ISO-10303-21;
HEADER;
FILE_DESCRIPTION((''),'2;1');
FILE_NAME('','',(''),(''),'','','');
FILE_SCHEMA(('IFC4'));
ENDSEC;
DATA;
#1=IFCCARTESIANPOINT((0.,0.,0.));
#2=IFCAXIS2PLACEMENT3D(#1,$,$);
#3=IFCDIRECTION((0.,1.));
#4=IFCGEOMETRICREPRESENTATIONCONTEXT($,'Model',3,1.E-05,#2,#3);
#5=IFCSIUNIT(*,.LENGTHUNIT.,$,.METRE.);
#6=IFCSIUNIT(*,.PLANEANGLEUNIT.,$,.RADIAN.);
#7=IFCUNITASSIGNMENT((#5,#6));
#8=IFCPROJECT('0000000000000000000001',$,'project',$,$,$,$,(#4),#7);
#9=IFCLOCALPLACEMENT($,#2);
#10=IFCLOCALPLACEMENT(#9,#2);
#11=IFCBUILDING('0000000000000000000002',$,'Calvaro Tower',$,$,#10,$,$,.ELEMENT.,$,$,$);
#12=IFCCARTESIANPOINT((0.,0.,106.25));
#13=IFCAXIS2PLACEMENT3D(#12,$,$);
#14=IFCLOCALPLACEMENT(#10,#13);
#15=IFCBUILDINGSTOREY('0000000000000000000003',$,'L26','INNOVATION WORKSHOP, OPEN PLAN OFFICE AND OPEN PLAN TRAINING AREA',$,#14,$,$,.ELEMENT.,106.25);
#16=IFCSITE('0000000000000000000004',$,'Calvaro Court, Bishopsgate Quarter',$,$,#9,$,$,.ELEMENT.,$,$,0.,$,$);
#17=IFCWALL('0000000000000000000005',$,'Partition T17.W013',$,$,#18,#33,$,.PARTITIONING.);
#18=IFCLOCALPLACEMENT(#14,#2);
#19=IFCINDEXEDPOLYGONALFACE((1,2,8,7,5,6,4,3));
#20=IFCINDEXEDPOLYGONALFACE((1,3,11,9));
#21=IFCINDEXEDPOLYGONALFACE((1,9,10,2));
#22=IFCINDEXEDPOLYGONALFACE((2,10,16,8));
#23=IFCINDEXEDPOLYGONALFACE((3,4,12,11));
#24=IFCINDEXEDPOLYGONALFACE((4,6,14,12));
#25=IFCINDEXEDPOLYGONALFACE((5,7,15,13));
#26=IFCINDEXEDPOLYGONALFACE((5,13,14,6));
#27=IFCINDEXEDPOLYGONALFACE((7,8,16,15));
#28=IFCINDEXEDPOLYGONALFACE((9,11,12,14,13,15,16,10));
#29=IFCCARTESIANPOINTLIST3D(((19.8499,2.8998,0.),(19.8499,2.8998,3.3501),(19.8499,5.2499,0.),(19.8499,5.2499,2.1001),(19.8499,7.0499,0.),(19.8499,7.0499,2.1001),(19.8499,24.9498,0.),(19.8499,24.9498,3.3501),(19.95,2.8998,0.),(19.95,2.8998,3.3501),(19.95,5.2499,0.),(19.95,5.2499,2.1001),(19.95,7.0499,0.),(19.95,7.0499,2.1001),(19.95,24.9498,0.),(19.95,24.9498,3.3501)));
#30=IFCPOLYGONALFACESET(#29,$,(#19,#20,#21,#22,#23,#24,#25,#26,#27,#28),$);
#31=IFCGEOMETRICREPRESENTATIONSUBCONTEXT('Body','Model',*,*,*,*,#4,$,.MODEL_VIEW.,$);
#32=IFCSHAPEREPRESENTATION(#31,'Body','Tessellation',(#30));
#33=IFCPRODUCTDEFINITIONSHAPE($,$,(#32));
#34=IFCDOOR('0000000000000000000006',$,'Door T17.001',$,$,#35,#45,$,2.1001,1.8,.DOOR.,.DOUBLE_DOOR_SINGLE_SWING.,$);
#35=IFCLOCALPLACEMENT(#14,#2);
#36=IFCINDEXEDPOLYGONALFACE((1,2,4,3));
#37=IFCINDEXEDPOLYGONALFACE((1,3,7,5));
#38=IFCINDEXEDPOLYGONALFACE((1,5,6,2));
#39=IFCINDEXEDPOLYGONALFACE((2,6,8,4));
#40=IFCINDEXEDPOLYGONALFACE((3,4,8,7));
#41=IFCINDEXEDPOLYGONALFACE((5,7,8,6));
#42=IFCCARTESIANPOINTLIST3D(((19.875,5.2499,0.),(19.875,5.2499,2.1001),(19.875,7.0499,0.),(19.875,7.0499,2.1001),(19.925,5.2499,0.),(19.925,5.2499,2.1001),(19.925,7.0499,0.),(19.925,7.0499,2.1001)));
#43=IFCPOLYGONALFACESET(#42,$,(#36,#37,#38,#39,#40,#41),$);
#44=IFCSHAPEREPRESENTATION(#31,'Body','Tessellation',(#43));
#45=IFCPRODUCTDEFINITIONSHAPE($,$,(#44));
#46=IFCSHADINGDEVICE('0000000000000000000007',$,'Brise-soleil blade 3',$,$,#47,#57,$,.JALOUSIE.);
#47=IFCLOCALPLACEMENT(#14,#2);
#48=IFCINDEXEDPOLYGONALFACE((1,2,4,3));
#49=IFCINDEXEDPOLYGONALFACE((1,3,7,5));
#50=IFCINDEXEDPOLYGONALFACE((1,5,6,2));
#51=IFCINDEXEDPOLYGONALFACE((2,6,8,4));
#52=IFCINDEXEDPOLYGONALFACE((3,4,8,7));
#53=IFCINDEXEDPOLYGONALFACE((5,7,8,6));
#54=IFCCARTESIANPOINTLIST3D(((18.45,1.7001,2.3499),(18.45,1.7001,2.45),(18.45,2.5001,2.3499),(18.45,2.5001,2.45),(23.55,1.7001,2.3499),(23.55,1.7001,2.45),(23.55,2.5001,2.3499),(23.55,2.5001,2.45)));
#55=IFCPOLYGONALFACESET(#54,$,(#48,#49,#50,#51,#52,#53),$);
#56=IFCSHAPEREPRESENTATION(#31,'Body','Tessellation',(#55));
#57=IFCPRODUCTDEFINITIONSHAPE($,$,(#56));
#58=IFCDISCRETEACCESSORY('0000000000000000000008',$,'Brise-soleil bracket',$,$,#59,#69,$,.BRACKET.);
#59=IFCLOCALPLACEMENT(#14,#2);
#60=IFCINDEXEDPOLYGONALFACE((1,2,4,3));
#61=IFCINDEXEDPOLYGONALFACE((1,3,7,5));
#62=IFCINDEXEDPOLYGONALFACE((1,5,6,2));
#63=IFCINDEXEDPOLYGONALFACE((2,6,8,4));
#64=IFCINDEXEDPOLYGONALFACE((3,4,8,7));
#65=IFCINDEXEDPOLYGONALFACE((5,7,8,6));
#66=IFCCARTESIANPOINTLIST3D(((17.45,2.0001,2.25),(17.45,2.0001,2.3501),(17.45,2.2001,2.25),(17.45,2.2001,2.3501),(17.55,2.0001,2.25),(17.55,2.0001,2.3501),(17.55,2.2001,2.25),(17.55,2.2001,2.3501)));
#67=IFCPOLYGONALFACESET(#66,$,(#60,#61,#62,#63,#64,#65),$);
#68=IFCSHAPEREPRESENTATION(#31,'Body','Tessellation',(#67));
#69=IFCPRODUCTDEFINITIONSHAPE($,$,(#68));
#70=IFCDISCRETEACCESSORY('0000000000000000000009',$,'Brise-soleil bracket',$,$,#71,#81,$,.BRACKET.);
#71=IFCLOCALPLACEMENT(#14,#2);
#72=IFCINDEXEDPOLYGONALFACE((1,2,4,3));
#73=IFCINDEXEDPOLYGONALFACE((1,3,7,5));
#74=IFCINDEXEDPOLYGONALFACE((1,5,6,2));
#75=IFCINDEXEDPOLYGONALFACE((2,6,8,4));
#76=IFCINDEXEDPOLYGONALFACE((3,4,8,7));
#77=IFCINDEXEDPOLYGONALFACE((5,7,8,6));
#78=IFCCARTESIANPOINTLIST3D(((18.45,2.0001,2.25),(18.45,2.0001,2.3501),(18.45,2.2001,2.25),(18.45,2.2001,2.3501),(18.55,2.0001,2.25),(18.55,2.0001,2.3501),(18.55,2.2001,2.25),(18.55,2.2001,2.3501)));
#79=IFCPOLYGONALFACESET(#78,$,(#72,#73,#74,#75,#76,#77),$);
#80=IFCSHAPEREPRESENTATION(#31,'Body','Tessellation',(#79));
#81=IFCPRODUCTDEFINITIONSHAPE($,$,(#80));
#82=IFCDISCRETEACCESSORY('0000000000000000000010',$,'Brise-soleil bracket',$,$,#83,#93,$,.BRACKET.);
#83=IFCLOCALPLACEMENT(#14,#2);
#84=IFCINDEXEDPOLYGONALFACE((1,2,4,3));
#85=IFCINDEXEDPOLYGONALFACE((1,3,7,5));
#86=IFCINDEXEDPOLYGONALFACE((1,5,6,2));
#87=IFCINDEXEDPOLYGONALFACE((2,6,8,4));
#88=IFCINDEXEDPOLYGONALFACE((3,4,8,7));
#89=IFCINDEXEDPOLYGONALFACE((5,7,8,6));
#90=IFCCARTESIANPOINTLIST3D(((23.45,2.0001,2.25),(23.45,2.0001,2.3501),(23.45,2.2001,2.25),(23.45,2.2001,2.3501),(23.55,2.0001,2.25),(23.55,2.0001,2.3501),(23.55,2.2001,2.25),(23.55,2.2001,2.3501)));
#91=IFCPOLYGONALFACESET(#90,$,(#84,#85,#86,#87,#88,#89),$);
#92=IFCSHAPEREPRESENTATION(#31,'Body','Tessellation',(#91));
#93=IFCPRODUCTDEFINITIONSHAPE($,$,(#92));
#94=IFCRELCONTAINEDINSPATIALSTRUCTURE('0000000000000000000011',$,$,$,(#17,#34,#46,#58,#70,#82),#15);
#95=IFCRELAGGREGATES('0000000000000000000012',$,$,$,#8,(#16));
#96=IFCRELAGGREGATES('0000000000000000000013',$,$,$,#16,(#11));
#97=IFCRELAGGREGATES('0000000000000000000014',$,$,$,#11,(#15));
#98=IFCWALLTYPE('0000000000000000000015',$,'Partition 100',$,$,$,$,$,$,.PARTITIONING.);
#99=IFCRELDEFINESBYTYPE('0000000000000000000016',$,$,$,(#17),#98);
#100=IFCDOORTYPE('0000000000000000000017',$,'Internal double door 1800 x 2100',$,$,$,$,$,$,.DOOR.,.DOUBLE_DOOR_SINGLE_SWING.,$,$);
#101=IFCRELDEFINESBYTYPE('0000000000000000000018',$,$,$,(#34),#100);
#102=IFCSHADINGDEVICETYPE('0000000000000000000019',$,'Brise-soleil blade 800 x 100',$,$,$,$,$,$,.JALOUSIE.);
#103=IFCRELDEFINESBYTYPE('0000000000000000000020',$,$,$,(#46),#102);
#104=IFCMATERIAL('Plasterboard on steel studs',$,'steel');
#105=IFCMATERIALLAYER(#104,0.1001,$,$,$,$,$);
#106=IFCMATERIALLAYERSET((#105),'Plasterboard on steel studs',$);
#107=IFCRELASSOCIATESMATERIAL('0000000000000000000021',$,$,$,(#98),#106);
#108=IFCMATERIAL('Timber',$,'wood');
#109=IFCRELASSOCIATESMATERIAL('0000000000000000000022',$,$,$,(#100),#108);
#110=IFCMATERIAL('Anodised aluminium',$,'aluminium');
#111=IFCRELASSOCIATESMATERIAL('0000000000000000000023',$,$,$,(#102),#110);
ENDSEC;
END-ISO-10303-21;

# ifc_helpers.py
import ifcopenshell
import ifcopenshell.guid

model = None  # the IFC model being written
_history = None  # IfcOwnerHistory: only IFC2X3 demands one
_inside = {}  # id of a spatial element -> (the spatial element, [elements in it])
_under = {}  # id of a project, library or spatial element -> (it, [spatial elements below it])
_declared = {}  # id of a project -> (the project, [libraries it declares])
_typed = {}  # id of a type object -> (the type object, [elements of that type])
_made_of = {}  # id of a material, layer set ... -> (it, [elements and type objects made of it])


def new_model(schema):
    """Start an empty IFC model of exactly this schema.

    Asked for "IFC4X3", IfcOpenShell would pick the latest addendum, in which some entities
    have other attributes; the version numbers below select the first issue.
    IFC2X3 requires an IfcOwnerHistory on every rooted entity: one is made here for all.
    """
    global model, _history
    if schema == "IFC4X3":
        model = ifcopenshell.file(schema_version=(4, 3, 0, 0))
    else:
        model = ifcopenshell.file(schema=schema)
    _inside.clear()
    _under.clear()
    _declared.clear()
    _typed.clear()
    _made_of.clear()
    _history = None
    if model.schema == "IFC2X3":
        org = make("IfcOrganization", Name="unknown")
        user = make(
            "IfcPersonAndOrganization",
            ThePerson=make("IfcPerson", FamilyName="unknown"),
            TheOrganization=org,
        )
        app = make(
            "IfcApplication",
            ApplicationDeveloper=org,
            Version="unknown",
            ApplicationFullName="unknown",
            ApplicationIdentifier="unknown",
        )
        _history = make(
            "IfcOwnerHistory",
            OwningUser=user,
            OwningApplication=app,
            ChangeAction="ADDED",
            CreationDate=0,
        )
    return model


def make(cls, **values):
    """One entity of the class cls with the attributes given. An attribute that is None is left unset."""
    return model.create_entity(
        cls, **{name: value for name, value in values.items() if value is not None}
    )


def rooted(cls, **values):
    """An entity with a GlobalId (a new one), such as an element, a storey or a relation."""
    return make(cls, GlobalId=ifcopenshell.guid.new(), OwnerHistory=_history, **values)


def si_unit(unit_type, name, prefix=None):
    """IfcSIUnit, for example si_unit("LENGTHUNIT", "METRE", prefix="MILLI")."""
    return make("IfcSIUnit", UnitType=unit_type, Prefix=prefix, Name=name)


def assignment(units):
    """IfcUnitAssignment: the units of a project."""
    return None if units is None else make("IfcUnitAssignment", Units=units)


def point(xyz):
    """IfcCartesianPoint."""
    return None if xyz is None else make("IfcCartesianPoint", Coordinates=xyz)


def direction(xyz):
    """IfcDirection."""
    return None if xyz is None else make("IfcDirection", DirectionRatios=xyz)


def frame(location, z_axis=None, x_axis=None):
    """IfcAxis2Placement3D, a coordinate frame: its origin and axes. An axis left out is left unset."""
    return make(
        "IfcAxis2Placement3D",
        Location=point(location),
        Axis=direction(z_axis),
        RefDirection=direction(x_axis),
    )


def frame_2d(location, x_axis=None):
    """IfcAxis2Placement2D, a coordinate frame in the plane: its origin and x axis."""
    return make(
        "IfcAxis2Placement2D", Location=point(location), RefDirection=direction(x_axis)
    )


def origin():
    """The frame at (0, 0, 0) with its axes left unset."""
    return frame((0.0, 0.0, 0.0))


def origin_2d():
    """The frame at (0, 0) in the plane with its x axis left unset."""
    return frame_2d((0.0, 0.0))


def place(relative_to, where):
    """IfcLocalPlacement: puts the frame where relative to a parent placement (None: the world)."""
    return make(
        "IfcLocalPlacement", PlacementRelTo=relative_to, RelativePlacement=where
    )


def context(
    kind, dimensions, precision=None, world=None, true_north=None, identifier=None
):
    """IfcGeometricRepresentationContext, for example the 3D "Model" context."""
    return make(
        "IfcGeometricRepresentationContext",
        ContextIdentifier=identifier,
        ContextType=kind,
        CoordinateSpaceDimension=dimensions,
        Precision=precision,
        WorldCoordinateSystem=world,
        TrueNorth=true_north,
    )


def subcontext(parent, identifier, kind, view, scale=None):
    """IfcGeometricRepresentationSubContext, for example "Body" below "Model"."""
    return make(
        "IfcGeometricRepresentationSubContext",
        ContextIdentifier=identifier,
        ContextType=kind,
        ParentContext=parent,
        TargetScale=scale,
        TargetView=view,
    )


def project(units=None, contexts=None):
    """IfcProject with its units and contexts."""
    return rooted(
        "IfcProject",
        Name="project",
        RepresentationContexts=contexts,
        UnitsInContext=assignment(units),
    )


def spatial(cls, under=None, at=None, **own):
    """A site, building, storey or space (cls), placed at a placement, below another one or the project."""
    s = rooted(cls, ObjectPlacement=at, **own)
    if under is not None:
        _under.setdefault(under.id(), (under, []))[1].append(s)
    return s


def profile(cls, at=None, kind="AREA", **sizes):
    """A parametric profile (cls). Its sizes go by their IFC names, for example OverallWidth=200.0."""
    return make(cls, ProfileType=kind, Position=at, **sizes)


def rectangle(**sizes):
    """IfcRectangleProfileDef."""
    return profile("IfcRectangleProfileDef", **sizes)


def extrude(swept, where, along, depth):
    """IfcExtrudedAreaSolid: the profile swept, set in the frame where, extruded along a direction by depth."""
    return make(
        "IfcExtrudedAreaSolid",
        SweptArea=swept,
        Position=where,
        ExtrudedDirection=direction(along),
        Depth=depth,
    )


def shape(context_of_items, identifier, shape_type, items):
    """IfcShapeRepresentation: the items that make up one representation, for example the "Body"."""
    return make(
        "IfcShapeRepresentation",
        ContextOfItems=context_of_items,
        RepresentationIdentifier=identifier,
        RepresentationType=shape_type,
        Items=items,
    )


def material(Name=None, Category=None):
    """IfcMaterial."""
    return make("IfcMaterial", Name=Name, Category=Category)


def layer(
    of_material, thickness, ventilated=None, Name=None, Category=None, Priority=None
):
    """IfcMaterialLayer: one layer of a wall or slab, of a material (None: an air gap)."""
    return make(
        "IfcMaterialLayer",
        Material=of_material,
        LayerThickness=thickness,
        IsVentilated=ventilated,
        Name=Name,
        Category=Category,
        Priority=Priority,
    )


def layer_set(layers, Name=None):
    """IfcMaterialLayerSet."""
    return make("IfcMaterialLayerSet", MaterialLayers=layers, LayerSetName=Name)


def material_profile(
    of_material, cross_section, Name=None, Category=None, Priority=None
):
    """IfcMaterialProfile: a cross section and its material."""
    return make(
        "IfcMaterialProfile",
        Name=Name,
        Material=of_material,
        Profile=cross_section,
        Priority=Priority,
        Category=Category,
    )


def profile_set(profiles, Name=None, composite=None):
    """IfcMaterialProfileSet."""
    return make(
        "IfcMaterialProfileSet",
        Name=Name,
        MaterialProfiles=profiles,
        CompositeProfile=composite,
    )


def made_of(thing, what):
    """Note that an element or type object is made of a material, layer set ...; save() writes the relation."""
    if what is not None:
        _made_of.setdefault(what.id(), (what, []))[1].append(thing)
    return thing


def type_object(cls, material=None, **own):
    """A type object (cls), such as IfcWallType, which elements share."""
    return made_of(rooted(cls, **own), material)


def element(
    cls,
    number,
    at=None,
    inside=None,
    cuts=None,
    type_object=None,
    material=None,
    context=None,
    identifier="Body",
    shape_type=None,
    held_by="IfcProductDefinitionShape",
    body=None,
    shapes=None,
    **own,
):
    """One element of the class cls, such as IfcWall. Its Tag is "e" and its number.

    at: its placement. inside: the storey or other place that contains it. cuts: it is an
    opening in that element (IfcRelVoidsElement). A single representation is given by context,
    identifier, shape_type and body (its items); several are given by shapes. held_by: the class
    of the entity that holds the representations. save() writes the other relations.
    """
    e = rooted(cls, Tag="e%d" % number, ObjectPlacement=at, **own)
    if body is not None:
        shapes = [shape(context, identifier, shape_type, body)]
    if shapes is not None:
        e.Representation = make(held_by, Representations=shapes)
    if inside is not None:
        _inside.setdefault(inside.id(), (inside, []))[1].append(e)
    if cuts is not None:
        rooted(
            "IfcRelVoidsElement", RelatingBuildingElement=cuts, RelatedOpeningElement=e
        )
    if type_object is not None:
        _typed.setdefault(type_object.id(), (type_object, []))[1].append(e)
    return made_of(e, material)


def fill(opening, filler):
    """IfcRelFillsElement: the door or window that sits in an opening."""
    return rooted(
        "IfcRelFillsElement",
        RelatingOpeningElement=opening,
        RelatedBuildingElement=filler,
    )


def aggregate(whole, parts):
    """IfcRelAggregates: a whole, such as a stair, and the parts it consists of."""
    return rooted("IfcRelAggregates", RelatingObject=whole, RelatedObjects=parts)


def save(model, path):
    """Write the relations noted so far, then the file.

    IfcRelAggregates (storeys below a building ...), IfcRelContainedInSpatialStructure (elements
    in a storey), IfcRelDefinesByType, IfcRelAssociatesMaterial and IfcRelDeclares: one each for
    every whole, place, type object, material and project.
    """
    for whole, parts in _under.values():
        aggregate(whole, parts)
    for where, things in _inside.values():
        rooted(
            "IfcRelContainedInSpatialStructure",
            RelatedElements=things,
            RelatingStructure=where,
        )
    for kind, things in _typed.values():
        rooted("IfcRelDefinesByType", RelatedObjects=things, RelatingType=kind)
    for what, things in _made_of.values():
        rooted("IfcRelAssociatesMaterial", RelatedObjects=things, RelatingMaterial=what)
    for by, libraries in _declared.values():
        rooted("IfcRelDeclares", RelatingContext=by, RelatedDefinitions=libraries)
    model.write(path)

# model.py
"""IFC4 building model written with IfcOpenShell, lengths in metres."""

from ifc_helpers import new_model, si_unit, direction, frame, frame_2d, origin, origin_2d, place, context, subcontext, project, spatial, rectangle, extrude, material, layer, layer_set, material_profile, profile_set, type_object, element, fill, save


model = new_model("IFC4")

# Units and contexts
model_context = context("Model", 3, precision=1e-05, world=origin(), true_north=direction((0.0, 1.0)))
body_context = subcontext(model_context, "Body", "Model", "MODEL_VIEW")
ifc_project = project(units=[si_unit("LENGTHUNIT", "METRE"), si_unit("PLANEANGLEUNIT", "RADIAN")], contexts=[model_context])

# Site, building, storey
site_placement = place(None, origin())
site = spatial("IfcSite", under=ifc_project, at=site_placement, Name="Calvaro Court, Bishopsgate Quarter", CompositionType="ELEMENT", RefElevation=0.0)
building_placement = place(site_placement, origin())
building = spatial("IfcBuilding", under=site, at=building_placement, Name="Calvaro Tower", CompositionType="ELEMENT")
storey_placement = place(building_placement, frame((0.0, 0.0, 106.25)))
storey = spatial("IfcBuildingStorey", under=building, at=storey_placement, Name="L26", Description="INNOVATION WORKSHOP, OPEN PLAN OFFICE AND OPEN PLAN TRAINING AREA", CompositionType="ELEMENT", Elevation=106.25)

# Wall, opening, door
ifc_material_1 = material(Name="Plasterboard on steel studs", Category="steel")
ifc_layer_1 = layer(ifc_material_1, 0.1001)
ifc_layer_set_1 = layer_set([ifc_layer_1], Name="Plasterboard on steel studs")
wall_type = type_object("IfcWallType", Name="Partition 100", PredefinedType="PARTITIONING", material=ifc_layer_set_1)
wall_placement = place(storey_placement, frame((19.8999, 2.8999, 0.0), z_axis=(0.0, 0.0, 1.0), x_axis=(0.0, 1.0, 0.0)))
wall = element("IfcWall", 1, at=wall_placement, inside=storey, type_object=wall_type, Name="Partition T17.W013", PredefinedType="PARTITIONING", context=body_context, shape_type="SweptSolid", body=[
    extrude(rectangle(XDim=22.05, YDim=0.1001, at=frame_2d((11.0249, 0.0))), origin(), (0.0, 0.0, 1.0), 3.3501),
])
opening_placement = place(wall_placement, frame((2.3501, 0.0, 0.0)))
opening = element("IfcOpeningElement", 2, at=opening_placement, cuts=wall, PredefinedType="OPENING", context=body_context, shape_type="SweptSolid", body=[
    extrude(rectangle(XDim=1.8, YDim=2.1001, at=frame_2d((0.8999, 1.05))), frame((0.0, 0.0601, 0.0), z_axis=(0.0, -1.0, 0.0), x_axis=(1.0, 0.0, 0.0)), (0.0, 0.0, 1.0), 0.1201),
])
ifc_material_2 = material(Name="Timber", Category="wood")
door_type = type_object("IfcDoorType", Name="Internal double door 1800 x 2100", OperationType="DOUBLE_DOOR_SINGLE_SWING", PredefinedType="DOOR", material=ifc_material_2)
door_placement = place(opening_placement, origin())
door = element("IfcDoor", 3, at=door_placement, inside=storey, type_object=door_type, Name="Door T17.001", OperationType="DOUBLE_DOOR_SINGLE_SWING", OverallHeight=2.1001, OverallWidth=1.8, PredefinedType="DOOR", context=body_context, shape_type="SweptSolid", body=[
    extrude(rectangle(XDim=1.8, YDim=2.1001, at=frame_2d((0.8999, 1.05))), frame((0.0, 0.0249, 0.0), z_axis=(0.0, -1.0, 0.0), x_axis=(1.0, 0.0, 0.0)), (0.0, 0.0, 1.0), 0.05),
])
fill(opening, door)

# Shading device
ifc_material_3 = material(Name="Anodised aluminium", Category="aluminium")
ifc_material_profile_1 = material_profile(ifc_material_3, rectangle(XDim=0.8, YDim=0.1001, at=origin_2d()), Name="Brise-soleil blade 800 x 100")
ifc_profile_set_1 = profile_set([ifc_material_profile_1], Name="Anodised aluminium")
shading_device_type = type_object("IfcShadingDeviceType", Name="Brise-soleil blade 800 x 100", PredefinedType="JALOUSIE", material=ifc_profile_set_1)
shading_device_placement = place(storey_placement, frame((18.45, 2.1001, 2.3999), z_axis=(1.0, 0.0, 0.0), x_axis=(0.0, 1.0, 0.0)))
element("IfcShadingDevice", 4, at=shading_device_placement, inside=storey, type_object=shading_device_type, Name="Brise-soleil blade 3", PredefinedType="JALOUSIE", context=body_context, shape_type="SweptSolid", body=[
    extrude(rectangle(XDim=0.8, YDim=0.1001, at=origin_2d()), origin(), (0.0, 0.0, 1.0), 5.1001),
])

# Discrete accessories
for number, where, z_axis, x_axis, name in (
    (5, (17.5, 2.1001, 2.25), (0.0, 0.0, 1.0), (1.0, 0.0, 0.0), "Brise-soleil bracket"),
    (6, (18.5, 2.1001, 2.25), (0.0, 0.0, 1.0), (1.0, 0.0, 0.0), "Brise-soleil bracket"),
    (7, (23.5, 2.1001, 2.25), (0.0, 0.0, 1.0), (1.0, 0.0, 0.0), "Brise-soleil bracket"),
):
    element("IfcDiscreteAccessory", number, at=place(storey_placement, frame(where, z_axis=z_axis, x_axis=x_axis)), inside=storey, Name=name, PredefinedType="BRACKET", context=body_context, shape_type="SweptSolid", body=[
        extrude(rectangle(XDim=0.1001, YDim=0.2, at=origin_2d()), origin(), (0.0, 0.0, 1.0), 0.1001),
    ])

save(model, "model.ifc")
